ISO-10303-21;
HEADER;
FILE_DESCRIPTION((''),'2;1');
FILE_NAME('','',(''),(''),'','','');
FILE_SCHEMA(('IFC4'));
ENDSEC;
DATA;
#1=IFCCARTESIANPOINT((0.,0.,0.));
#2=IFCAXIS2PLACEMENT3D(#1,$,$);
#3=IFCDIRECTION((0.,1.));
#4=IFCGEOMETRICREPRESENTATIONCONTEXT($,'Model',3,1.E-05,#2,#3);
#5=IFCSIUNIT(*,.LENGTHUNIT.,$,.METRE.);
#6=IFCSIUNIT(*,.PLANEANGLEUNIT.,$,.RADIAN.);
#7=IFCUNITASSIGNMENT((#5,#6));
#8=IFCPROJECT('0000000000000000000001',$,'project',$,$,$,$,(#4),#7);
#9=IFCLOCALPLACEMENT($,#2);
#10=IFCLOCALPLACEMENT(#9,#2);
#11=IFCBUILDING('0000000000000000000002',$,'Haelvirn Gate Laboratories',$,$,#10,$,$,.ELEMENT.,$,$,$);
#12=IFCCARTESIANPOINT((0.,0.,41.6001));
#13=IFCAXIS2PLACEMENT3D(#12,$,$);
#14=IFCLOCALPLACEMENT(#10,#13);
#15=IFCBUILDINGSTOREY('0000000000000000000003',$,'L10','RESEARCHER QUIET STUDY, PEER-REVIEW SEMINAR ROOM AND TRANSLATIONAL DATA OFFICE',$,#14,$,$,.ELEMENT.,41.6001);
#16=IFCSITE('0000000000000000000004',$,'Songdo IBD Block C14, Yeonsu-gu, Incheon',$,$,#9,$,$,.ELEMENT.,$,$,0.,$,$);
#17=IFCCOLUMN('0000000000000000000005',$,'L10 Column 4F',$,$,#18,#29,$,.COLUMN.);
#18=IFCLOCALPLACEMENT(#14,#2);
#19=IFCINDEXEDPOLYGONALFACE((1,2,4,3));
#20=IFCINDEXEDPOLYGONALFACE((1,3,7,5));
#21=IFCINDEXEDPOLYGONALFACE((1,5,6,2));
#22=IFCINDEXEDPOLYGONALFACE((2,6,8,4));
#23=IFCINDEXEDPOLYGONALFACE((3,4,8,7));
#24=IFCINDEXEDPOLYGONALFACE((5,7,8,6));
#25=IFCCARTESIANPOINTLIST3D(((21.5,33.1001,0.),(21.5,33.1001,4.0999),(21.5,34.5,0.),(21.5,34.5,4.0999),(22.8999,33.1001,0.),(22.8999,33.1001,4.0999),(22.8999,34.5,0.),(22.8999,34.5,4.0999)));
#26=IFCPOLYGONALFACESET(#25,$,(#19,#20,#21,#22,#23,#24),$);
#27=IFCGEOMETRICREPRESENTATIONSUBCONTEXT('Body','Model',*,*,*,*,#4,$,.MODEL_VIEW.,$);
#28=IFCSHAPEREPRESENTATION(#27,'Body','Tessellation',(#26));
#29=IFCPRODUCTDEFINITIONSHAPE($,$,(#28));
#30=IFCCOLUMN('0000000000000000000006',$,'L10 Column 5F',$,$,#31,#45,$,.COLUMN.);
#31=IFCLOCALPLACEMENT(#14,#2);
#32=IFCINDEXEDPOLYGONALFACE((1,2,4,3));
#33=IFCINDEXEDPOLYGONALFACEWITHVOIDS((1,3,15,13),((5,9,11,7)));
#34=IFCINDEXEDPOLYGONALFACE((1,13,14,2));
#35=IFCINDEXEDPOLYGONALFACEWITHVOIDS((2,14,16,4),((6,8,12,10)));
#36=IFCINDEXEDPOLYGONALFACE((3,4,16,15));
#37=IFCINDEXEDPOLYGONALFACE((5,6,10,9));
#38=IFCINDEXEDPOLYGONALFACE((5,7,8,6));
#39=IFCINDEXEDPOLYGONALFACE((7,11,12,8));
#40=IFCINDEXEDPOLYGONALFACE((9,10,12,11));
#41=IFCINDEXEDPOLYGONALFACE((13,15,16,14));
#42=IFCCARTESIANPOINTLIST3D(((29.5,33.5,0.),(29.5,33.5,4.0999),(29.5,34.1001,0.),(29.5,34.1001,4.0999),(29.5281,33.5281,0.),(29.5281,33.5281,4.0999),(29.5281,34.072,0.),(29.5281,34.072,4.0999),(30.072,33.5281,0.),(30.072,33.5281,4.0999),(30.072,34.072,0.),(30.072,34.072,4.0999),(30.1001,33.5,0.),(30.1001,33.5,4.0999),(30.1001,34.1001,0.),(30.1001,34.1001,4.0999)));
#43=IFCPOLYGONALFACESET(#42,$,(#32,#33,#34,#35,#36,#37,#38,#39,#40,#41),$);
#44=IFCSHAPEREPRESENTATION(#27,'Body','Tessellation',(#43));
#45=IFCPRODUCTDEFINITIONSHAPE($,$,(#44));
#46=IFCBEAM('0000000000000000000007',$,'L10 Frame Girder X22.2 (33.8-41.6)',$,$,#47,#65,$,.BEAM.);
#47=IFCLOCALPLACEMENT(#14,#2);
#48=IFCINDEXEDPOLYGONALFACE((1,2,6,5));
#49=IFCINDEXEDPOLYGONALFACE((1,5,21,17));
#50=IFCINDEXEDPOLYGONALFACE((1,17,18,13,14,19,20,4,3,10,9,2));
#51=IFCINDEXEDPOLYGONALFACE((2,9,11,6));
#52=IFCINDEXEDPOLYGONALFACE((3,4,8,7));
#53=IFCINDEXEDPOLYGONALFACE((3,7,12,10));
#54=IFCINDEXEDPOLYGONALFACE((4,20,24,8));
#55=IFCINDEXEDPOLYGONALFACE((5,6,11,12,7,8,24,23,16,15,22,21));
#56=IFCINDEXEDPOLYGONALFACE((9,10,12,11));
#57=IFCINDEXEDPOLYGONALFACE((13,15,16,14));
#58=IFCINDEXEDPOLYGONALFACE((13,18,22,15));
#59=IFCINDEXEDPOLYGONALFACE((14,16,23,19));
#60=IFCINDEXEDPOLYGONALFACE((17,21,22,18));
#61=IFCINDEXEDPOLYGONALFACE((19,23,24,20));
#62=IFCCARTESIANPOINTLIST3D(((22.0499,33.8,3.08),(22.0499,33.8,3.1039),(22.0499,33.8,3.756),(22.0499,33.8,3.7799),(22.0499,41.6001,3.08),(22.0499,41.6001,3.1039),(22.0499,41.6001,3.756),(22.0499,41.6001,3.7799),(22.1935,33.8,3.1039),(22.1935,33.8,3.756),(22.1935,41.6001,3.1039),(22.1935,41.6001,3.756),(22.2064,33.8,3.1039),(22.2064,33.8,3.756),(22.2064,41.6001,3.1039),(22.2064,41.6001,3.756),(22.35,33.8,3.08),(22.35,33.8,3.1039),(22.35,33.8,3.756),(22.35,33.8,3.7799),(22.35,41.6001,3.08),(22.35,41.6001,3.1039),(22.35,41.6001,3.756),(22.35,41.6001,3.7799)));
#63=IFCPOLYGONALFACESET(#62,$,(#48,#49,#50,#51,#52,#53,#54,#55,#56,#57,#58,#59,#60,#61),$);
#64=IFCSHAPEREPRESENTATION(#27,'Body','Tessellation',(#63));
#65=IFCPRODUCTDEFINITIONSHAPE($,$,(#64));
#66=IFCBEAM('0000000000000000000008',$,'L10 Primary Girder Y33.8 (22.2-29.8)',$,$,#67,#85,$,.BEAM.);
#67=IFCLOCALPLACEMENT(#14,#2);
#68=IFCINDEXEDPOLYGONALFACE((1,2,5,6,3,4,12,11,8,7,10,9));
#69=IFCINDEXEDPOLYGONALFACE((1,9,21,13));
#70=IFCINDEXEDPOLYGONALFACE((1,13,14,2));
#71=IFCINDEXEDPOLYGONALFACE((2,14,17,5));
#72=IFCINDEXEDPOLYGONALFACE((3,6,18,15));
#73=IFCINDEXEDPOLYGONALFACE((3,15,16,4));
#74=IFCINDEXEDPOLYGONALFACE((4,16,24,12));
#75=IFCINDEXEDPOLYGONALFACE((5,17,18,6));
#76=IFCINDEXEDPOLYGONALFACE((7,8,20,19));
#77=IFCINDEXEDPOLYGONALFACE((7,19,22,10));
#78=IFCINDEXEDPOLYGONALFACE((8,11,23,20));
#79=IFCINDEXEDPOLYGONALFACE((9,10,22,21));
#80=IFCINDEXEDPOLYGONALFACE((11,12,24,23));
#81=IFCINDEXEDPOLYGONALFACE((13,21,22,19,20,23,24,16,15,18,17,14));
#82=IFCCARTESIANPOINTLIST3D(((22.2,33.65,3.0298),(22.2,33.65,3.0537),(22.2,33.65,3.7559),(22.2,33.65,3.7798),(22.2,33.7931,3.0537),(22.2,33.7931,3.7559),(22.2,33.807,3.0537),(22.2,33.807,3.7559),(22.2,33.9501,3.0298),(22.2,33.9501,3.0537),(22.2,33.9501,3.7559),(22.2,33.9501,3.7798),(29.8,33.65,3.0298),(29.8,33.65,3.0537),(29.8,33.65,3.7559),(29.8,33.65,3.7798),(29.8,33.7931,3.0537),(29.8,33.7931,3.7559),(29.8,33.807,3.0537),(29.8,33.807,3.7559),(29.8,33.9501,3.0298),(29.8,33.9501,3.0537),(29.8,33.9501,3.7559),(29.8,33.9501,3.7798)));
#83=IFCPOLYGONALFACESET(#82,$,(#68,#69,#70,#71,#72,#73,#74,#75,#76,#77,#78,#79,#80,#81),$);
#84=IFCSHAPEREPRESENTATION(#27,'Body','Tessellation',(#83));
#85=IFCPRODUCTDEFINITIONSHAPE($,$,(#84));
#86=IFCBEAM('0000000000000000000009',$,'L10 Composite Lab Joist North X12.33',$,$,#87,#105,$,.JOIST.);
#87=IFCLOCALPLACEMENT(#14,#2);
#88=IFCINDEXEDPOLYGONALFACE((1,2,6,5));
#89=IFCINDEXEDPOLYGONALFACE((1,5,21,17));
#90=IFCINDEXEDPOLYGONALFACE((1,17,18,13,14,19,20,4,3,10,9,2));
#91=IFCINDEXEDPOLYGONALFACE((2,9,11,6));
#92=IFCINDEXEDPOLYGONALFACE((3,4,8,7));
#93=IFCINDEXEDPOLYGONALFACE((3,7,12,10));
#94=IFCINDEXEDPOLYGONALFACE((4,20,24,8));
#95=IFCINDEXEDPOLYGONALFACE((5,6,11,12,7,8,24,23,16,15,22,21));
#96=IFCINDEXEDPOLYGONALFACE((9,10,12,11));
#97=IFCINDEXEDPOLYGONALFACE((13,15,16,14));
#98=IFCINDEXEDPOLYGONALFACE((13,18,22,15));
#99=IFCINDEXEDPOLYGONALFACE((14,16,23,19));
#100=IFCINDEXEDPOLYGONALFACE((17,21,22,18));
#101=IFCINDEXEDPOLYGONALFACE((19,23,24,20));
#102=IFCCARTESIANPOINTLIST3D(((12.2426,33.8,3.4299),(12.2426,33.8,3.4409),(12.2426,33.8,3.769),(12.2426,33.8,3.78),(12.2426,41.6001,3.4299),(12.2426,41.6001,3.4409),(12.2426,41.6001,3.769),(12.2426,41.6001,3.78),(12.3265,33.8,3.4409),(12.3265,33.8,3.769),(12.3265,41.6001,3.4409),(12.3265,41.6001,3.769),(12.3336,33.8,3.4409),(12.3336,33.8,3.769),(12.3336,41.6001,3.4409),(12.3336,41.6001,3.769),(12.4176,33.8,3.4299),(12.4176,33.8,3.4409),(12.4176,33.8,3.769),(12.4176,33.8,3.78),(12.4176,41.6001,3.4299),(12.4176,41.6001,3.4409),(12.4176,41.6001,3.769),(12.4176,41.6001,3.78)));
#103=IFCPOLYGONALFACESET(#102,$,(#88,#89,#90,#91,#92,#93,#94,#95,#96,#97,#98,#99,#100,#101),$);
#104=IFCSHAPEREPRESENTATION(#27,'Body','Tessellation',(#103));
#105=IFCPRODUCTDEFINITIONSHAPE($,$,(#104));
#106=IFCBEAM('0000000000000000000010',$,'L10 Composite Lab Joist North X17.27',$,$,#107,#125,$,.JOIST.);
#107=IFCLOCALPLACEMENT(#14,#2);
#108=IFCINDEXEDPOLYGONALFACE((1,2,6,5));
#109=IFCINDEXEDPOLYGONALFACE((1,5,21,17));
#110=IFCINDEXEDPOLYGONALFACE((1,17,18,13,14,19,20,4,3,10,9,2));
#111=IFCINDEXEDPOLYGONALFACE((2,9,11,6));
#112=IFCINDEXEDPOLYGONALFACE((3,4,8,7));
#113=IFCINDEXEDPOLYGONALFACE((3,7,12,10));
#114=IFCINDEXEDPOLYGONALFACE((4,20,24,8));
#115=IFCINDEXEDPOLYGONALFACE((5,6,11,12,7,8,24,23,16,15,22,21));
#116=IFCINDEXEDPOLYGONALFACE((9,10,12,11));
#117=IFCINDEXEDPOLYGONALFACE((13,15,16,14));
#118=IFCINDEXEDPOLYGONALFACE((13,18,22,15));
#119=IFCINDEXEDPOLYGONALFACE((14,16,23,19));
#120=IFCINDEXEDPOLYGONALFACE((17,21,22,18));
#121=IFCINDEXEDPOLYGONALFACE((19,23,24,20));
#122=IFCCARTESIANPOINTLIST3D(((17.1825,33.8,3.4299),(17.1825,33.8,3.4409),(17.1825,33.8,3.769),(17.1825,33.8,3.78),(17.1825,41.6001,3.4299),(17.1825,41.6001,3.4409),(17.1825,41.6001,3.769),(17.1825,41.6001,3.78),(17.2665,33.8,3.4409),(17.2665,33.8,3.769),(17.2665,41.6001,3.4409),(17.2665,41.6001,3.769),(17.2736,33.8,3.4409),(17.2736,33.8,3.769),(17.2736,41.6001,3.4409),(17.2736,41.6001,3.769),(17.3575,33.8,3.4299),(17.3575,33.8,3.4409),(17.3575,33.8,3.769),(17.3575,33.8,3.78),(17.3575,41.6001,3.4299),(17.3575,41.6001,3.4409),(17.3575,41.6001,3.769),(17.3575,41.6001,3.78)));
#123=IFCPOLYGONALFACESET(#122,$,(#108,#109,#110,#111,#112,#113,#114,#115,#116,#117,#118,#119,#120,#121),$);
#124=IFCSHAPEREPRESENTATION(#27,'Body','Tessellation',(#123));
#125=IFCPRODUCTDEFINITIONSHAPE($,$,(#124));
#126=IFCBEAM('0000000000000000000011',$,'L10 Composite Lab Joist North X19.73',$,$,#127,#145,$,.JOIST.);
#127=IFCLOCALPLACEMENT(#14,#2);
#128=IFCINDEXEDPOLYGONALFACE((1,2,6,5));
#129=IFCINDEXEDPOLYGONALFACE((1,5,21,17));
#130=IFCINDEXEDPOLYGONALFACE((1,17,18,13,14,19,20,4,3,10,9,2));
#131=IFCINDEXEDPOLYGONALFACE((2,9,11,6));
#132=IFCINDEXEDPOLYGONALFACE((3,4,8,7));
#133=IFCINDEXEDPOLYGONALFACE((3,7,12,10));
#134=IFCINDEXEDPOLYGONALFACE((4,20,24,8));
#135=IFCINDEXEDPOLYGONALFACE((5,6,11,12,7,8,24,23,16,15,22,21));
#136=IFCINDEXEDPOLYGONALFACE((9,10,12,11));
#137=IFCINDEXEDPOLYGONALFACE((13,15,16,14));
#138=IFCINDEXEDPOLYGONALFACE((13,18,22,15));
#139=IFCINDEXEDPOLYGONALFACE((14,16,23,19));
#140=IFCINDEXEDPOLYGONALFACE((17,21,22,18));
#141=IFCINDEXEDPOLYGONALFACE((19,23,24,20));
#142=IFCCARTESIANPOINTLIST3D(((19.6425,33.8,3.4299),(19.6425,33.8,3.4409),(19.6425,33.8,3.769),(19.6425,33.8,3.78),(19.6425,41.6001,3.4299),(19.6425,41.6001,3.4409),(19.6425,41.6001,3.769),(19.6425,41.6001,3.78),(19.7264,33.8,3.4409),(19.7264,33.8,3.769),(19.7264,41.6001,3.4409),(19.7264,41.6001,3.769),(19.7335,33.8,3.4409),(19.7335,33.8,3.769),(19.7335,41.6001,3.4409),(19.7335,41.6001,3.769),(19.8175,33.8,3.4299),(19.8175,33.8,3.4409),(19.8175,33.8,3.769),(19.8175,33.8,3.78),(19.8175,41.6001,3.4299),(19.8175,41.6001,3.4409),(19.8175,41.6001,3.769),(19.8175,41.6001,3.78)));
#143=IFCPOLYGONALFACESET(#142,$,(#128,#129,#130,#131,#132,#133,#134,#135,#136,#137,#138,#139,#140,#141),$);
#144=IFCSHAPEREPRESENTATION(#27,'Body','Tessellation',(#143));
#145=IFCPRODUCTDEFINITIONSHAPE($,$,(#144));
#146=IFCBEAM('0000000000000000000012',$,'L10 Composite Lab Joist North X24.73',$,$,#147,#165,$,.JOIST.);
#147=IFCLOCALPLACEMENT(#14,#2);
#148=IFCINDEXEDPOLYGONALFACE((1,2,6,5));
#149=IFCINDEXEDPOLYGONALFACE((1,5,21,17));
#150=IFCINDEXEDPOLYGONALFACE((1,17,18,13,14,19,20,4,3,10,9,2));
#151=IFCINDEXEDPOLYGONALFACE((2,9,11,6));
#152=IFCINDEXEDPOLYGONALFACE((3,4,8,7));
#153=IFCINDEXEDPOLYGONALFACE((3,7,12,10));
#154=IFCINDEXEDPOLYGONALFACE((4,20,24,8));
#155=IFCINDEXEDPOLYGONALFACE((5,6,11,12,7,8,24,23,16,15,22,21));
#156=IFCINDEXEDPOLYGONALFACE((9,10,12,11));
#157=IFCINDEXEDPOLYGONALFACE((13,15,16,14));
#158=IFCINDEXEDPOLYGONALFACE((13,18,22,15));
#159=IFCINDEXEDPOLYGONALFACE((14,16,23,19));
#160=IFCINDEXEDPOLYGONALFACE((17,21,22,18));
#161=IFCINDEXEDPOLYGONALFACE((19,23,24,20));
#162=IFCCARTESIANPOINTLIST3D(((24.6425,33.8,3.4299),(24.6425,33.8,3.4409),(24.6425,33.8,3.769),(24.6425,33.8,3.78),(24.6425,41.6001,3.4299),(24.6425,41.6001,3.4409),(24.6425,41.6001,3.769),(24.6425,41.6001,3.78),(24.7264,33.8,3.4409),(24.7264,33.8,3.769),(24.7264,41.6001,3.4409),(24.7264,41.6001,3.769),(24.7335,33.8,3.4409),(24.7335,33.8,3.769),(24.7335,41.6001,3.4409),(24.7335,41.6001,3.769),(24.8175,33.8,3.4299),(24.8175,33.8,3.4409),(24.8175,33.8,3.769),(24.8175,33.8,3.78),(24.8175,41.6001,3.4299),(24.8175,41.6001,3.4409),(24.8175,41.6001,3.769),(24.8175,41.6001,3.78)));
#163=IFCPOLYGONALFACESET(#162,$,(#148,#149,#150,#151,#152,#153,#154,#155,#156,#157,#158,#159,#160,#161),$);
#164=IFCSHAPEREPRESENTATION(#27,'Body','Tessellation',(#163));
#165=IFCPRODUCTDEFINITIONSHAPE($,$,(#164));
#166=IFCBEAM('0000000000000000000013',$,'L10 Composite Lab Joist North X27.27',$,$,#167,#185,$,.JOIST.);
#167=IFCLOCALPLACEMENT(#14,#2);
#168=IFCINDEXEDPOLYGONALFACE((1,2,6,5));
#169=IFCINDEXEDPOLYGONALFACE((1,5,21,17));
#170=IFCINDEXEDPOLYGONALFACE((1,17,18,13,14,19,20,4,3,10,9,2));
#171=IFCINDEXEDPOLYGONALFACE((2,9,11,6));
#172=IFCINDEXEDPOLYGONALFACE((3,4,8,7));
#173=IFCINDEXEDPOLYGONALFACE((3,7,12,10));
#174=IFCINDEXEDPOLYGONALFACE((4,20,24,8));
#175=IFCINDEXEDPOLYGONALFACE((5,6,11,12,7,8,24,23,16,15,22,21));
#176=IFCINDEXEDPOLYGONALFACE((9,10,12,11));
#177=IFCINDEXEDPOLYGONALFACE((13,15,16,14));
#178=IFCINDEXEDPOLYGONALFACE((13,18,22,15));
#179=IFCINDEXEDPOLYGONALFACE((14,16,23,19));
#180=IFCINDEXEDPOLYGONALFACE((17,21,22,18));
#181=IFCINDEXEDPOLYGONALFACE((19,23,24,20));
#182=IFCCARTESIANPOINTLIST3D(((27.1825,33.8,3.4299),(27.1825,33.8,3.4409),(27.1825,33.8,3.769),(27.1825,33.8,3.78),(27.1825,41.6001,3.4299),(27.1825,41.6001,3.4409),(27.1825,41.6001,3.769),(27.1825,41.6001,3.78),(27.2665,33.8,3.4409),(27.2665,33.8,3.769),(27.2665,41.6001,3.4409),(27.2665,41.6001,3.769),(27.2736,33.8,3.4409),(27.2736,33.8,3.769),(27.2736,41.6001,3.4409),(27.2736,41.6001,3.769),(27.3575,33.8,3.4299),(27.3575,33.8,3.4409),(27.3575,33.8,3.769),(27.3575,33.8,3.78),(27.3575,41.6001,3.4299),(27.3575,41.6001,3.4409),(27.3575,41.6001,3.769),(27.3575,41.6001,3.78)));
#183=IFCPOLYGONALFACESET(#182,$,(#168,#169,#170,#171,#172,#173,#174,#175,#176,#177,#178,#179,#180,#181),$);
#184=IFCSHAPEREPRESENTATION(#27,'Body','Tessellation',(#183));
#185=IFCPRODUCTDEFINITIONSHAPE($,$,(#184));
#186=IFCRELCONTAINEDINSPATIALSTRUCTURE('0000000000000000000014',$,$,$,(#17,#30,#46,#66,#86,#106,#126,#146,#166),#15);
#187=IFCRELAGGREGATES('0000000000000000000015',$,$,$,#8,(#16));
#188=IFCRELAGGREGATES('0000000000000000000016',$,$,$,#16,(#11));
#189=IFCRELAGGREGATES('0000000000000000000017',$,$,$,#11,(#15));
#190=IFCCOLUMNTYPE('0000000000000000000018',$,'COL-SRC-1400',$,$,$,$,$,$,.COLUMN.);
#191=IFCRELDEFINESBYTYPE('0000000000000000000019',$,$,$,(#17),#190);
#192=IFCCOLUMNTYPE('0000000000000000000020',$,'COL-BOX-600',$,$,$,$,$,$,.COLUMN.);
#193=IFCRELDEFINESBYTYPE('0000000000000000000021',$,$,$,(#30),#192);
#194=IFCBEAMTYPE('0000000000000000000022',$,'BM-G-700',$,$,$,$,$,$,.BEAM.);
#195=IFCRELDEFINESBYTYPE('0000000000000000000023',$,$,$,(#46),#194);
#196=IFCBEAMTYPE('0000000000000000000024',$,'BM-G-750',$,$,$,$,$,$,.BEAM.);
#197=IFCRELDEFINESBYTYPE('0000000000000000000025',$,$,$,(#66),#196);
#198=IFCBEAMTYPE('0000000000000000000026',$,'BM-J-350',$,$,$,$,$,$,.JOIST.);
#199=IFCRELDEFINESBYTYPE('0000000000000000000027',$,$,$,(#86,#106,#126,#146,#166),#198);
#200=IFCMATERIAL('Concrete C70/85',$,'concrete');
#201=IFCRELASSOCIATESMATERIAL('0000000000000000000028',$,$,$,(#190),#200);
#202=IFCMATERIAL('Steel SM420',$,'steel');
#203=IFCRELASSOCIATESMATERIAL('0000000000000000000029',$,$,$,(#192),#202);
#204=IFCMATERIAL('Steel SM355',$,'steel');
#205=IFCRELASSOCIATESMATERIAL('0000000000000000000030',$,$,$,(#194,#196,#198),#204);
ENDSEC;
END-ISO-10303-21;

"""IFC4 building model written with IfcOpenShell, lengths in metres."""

from ifc_helpers import new_model, si_unit, direction, frame, origin, origin_2d, place, context, subcontext, project, spatial, rectangle, hollow_rectangle, i_section, extrude, source, transform, mapped, material, material_profile, profile_set, type_object, type_shapes, element, save


model = new_model("IFC4")

# Units and contexts
model_context = context("Model", 3, precision=1e-05, world=origin(), true_north=direction((0.0, 1.0)))
body_context = subcontext(model_context, "Body", "Model", "MODEL_VIEW")
ifc_project = project(units=[si_unit("LENGTHUNIT", "METRE"), si_unit("PLANEANGLEUNIT", "RADIAN")], contexts=[model_context])

# Site, building, storey
site_placement = place(None, origin())
site = spatial("IfcSite", under=ifc_project, at=site_placement, Name="Songdo IBD Block C14, Yeonsu-gu, Incheon", CompositionType="ELEMENT", RefElevation=0.0)
building_placement = place(site_placement, origin())
building = spatial("IfcBuilding", under=site, at=building_placement, Name="Haelvirn Gate Laboratories", CompositionType="ELEMENT")
storey_placement = place(building_placement, frame((0.0, 0.0, 41.6001)))
storey = spatial("IfcBuildingStorey", under=building, at=storey_placement, Name="L10", Description="RESEARCHER QUIET STUDY, PEER-REVIEW SEMINAR ROOM AND TRANSLATIONAL DATA OFFICE", CompositionType="ELEMENT", Elevation=41.6001)

# Columns
ifc_material_1 = material(Name="Concrete C70/85", Category="concrete")
ifc_material_profile_1 = material_profile(ifc_material_1, rectangle(XDim=1.3999, YDim=1.3999, at=origin_2d()), Name="SRC-1400x1400")
ifc_profile_set_1 = profile_set([ifc_material_profile_1], Name="Concrete C70/85")
column_type_1 = type_object("IfcColumnType", Name="COL-SRC-1400", PredefinedType="COLUMN", material=ifc_profile_set_1)
shared_shape_1 = source(origin(), body_context, "Body", "SweptSolid", [
    extrude(rectangle(XDim=1.3999, YDim=1.3999, at=origin_2d()), origin(), (0.0, 0.0, 1.0), 4.0999),
])
type_shapes(column_type_1, [shared_shape_1])
column_1_placement = place(storey_placement, frame((22.2, 33.8, 0.0), z_axis=(0.0, 0.0, 1.0), x_axis=(1.0, 0.0, 0.0)))
element("IfcColumn", 1, at=column_1_placement, inside=storey, type_object=column_type_1, Name="L10 Column 4F", PredefinedType="COLUMN", context=body_context, shape_type="MappedRepresentation", body=[
    mapped(shared_shape_1, transform((0.0, 0.0, 0.0), scale=1.0)),
])
ifc_material_2 = material(Name="Steel SM420", Category="steel")
ifc_material_profile_2 = material_profile(ifc_material_2, hollow_rectangle(XDim=0.6001, YDim=0.6001, WallThickness=0.0281, at=origin_2d()), Name="BOX-600x600x28")
ifc_profile_set_2 = profile_set([ifc_material_profile_2], Name="Steel SM420")
column_type_2 = type_object("IfcColumnType", Name="COL-BOX-600", PredefinedType="COLUMN", material=ifc_profile_set_2)
shared_shape_2 = source(origin(), body_context, "Body", "SweptSolid", [
    extrude(hollow_rectangle(XDim=0.6001, YDim=0.6001, WallThickness=0.0281, at=origin_2d()), origin(), (0.0, 0.0, 1.0), 4.0999),
])
type_shapes(column_type_2, [shared_shape_2])
column_2_placement = place(storey_placement, frame((29.8, 33.8, 0.0), z_axis=(0.0, 0.0, 1.0), x_axis=(1.0, 0.0, 0.0)))
element("IfcColumn", 2, at=column_2_placement, inside=storey, type_object=column_type_2, Name="L10 Column 5F", PredefinedType="COLUMN", context=body_context, shape_type="MappedRepresentation", body=[
    mapped(shared_shape_2, transform((0.0, 0.0, 0.0), scale=1.0)),
])

# Beams
ifc_material_3 = material(Name="Steel SM355", Category="steel")
ifc_material_profile_3 = material_profile(ifc_material_3, i_section(OverallWidth=0.3, OverallDepth=0.7, WebThickness=0.0129, FlangeThickness=0.0239, at=origin_2d()), Name="H-700x300x13x24")
ifc_profile_set_3 = profile_set([ifc_material_profile_3], Name="Steel SM355")
beam_type_1 = type_object("IfcBeamType", Name="BM-G-700", PredefinedType="BEAM", material=ifc_profile_set_3)
shared_shape_3 = source(origin(), body_context, "Body", "SweptSolid", [
    extrude(i_section(OverallWidth=0.3, OverallDepth=0.7, WebThickness=0.0129, FlangeThickness=0.0239, at=origin_2d()), origin(), (0.0, 0.0, 1.0), 7.8),
])
type_shapes(beam_type_1, [shared_shape_3])
beam_1_placement = place(storey_placement, frame((22.2, 33.8, 3.4299), z_axis=(0.0, 1.0, 0.0), x_axis=(-1.0, 0.0, 0.0)))
element("IfcBeam", 3, at=beam_1_placement, inside=storey, type_object=beam_type_1, Name="L10 Frame Girder X22.2 (33.8-41.6)", PredefinedType="BEAM", context=body_context, shape_type="MappedRepresentation", body=[
    mapped(shared_shape_3, transform((0.0, 0.0, 0.0), scale=1.0)),
])
ifc_material_profile_4 = material_profile(ifc_material_3, i_section(OverallWidth=0.3, OverallDepth=0.75, WebThickness=0.0139, FlangeThickness=0.0239, at=origin_2d()), Name="H-750x300x14x24")
ifc_profile_set_4 = profile_set([ifc_material_profile_4], Name="Steel SM355")
beam_type_2 = type_object("IfcBeamType", Name="BM-G-750", PredefinedType="BEAM", material=ifc_profile_set_4)
shared_shape_4 = source(origin(), body_context, "Body", "SweptSolid", [
    extrude(i_section(OverallWidth=0.3, OverallDepth=0.75, WebThickness=0.0139, FlangeThickness=0.0239, at=origin_2d()), origin(), (0.0, 0.0, 1.0), 7.6001),
])
type_shapes(beam_type_2, [shared_shape_4])
beam_2_placement = place(storey_placement, frame((22.2, 33.8, 3.4048), z_axis=(1.0, 0.0, 0.0), x_axis=(0.0, 1.0, 0.0)))
element("IfcBeam", 4, at=beam_2_placement, inside=storey, type_object=beam_type_2, Name="L10 Primary Girder Y33.8 (22.2-29.8)", PredefinedType="BEAM", context=body_context, shape_type="MappedRepresentation", body=[
    mapped(shared_shape_4, transform((0.0, 0.0, 0.0), scale=1.0)),
])
ifc_material_profile_5 = material_profile(ifc_material_3, i_section(OverallWidth=0.175, OverallDepth=0.3501, WebThickness=0.0071, FlangeThickness=0.011, at=origin_2d()), Name="H-350x175x7x11")
ifc_profile_set_5 = profile_set([ifc_material_profile_5], Name="Steel SM355")
beam_type_3 = type_object("IfcBeamType", Name="BM-J-350", PredefinedType="JOIST", material=ifc_profile_set_5)
shared_shape_5 = source(origin(), body_context, "Body", "SweptSolid", [
    extrude(i_section(OverallWidth=0.175, OverallDepth=0.3501, WebThickness=0.0071, FlangeThickness=0.011, at=origin_2d()), origin(), (0.0, 0.0, 1.0), 7.8),
])
type_shapes(beam_type_3, [shared_shape_5])
for number, where, z_axis, x_axis, name in (
    (5, (12.3301, 33.8, 3.605), (0.0, 1.0, 0.0), (-1.0, 0.0, 0.0), "L10 Composite Lab Joist North X12.33"),
    (6, (17.27, 33.8, 3.605), (0.0, 1.0, 0.0), (-1.0, 0.0, 0.0), "L10 Composite Lab Joist North X17.27"),
    (7, (19.73, 33.8, 3.605), (0.0, 1.0, 0.0), (-1.0, 0.0, 0.0), "L10 Composite Lab Joist North X19.73"),
    (8, (24.73, 33.8, 3.605), (0.0, 1.0, 0.0), (-1.0, 0.0, 0.0), "L10 Composite Lab Joist North X24.73"),
    (9, (27.27, 33.8, 3.605), (0.0, 1.0, 0.0), (-1.0, 0.0, 0.0), "L10 Composite Lab Joist North X27.27"),
):
    element("IfcBeam", number, at=place(storey_placement, frame(where, z_axis=z_axis, x_axis=x_axis)), inside=storey, type_object=beam_type_3, Name=name, PredefinedType="JOIST", context=body_context, shape_type="MappedRepresentation", body=[
        mapped(shared_shape_5, transform((0.0, 0.0, 0.0), scale=1.0)),
    ])

save(model, "model.ifc")
